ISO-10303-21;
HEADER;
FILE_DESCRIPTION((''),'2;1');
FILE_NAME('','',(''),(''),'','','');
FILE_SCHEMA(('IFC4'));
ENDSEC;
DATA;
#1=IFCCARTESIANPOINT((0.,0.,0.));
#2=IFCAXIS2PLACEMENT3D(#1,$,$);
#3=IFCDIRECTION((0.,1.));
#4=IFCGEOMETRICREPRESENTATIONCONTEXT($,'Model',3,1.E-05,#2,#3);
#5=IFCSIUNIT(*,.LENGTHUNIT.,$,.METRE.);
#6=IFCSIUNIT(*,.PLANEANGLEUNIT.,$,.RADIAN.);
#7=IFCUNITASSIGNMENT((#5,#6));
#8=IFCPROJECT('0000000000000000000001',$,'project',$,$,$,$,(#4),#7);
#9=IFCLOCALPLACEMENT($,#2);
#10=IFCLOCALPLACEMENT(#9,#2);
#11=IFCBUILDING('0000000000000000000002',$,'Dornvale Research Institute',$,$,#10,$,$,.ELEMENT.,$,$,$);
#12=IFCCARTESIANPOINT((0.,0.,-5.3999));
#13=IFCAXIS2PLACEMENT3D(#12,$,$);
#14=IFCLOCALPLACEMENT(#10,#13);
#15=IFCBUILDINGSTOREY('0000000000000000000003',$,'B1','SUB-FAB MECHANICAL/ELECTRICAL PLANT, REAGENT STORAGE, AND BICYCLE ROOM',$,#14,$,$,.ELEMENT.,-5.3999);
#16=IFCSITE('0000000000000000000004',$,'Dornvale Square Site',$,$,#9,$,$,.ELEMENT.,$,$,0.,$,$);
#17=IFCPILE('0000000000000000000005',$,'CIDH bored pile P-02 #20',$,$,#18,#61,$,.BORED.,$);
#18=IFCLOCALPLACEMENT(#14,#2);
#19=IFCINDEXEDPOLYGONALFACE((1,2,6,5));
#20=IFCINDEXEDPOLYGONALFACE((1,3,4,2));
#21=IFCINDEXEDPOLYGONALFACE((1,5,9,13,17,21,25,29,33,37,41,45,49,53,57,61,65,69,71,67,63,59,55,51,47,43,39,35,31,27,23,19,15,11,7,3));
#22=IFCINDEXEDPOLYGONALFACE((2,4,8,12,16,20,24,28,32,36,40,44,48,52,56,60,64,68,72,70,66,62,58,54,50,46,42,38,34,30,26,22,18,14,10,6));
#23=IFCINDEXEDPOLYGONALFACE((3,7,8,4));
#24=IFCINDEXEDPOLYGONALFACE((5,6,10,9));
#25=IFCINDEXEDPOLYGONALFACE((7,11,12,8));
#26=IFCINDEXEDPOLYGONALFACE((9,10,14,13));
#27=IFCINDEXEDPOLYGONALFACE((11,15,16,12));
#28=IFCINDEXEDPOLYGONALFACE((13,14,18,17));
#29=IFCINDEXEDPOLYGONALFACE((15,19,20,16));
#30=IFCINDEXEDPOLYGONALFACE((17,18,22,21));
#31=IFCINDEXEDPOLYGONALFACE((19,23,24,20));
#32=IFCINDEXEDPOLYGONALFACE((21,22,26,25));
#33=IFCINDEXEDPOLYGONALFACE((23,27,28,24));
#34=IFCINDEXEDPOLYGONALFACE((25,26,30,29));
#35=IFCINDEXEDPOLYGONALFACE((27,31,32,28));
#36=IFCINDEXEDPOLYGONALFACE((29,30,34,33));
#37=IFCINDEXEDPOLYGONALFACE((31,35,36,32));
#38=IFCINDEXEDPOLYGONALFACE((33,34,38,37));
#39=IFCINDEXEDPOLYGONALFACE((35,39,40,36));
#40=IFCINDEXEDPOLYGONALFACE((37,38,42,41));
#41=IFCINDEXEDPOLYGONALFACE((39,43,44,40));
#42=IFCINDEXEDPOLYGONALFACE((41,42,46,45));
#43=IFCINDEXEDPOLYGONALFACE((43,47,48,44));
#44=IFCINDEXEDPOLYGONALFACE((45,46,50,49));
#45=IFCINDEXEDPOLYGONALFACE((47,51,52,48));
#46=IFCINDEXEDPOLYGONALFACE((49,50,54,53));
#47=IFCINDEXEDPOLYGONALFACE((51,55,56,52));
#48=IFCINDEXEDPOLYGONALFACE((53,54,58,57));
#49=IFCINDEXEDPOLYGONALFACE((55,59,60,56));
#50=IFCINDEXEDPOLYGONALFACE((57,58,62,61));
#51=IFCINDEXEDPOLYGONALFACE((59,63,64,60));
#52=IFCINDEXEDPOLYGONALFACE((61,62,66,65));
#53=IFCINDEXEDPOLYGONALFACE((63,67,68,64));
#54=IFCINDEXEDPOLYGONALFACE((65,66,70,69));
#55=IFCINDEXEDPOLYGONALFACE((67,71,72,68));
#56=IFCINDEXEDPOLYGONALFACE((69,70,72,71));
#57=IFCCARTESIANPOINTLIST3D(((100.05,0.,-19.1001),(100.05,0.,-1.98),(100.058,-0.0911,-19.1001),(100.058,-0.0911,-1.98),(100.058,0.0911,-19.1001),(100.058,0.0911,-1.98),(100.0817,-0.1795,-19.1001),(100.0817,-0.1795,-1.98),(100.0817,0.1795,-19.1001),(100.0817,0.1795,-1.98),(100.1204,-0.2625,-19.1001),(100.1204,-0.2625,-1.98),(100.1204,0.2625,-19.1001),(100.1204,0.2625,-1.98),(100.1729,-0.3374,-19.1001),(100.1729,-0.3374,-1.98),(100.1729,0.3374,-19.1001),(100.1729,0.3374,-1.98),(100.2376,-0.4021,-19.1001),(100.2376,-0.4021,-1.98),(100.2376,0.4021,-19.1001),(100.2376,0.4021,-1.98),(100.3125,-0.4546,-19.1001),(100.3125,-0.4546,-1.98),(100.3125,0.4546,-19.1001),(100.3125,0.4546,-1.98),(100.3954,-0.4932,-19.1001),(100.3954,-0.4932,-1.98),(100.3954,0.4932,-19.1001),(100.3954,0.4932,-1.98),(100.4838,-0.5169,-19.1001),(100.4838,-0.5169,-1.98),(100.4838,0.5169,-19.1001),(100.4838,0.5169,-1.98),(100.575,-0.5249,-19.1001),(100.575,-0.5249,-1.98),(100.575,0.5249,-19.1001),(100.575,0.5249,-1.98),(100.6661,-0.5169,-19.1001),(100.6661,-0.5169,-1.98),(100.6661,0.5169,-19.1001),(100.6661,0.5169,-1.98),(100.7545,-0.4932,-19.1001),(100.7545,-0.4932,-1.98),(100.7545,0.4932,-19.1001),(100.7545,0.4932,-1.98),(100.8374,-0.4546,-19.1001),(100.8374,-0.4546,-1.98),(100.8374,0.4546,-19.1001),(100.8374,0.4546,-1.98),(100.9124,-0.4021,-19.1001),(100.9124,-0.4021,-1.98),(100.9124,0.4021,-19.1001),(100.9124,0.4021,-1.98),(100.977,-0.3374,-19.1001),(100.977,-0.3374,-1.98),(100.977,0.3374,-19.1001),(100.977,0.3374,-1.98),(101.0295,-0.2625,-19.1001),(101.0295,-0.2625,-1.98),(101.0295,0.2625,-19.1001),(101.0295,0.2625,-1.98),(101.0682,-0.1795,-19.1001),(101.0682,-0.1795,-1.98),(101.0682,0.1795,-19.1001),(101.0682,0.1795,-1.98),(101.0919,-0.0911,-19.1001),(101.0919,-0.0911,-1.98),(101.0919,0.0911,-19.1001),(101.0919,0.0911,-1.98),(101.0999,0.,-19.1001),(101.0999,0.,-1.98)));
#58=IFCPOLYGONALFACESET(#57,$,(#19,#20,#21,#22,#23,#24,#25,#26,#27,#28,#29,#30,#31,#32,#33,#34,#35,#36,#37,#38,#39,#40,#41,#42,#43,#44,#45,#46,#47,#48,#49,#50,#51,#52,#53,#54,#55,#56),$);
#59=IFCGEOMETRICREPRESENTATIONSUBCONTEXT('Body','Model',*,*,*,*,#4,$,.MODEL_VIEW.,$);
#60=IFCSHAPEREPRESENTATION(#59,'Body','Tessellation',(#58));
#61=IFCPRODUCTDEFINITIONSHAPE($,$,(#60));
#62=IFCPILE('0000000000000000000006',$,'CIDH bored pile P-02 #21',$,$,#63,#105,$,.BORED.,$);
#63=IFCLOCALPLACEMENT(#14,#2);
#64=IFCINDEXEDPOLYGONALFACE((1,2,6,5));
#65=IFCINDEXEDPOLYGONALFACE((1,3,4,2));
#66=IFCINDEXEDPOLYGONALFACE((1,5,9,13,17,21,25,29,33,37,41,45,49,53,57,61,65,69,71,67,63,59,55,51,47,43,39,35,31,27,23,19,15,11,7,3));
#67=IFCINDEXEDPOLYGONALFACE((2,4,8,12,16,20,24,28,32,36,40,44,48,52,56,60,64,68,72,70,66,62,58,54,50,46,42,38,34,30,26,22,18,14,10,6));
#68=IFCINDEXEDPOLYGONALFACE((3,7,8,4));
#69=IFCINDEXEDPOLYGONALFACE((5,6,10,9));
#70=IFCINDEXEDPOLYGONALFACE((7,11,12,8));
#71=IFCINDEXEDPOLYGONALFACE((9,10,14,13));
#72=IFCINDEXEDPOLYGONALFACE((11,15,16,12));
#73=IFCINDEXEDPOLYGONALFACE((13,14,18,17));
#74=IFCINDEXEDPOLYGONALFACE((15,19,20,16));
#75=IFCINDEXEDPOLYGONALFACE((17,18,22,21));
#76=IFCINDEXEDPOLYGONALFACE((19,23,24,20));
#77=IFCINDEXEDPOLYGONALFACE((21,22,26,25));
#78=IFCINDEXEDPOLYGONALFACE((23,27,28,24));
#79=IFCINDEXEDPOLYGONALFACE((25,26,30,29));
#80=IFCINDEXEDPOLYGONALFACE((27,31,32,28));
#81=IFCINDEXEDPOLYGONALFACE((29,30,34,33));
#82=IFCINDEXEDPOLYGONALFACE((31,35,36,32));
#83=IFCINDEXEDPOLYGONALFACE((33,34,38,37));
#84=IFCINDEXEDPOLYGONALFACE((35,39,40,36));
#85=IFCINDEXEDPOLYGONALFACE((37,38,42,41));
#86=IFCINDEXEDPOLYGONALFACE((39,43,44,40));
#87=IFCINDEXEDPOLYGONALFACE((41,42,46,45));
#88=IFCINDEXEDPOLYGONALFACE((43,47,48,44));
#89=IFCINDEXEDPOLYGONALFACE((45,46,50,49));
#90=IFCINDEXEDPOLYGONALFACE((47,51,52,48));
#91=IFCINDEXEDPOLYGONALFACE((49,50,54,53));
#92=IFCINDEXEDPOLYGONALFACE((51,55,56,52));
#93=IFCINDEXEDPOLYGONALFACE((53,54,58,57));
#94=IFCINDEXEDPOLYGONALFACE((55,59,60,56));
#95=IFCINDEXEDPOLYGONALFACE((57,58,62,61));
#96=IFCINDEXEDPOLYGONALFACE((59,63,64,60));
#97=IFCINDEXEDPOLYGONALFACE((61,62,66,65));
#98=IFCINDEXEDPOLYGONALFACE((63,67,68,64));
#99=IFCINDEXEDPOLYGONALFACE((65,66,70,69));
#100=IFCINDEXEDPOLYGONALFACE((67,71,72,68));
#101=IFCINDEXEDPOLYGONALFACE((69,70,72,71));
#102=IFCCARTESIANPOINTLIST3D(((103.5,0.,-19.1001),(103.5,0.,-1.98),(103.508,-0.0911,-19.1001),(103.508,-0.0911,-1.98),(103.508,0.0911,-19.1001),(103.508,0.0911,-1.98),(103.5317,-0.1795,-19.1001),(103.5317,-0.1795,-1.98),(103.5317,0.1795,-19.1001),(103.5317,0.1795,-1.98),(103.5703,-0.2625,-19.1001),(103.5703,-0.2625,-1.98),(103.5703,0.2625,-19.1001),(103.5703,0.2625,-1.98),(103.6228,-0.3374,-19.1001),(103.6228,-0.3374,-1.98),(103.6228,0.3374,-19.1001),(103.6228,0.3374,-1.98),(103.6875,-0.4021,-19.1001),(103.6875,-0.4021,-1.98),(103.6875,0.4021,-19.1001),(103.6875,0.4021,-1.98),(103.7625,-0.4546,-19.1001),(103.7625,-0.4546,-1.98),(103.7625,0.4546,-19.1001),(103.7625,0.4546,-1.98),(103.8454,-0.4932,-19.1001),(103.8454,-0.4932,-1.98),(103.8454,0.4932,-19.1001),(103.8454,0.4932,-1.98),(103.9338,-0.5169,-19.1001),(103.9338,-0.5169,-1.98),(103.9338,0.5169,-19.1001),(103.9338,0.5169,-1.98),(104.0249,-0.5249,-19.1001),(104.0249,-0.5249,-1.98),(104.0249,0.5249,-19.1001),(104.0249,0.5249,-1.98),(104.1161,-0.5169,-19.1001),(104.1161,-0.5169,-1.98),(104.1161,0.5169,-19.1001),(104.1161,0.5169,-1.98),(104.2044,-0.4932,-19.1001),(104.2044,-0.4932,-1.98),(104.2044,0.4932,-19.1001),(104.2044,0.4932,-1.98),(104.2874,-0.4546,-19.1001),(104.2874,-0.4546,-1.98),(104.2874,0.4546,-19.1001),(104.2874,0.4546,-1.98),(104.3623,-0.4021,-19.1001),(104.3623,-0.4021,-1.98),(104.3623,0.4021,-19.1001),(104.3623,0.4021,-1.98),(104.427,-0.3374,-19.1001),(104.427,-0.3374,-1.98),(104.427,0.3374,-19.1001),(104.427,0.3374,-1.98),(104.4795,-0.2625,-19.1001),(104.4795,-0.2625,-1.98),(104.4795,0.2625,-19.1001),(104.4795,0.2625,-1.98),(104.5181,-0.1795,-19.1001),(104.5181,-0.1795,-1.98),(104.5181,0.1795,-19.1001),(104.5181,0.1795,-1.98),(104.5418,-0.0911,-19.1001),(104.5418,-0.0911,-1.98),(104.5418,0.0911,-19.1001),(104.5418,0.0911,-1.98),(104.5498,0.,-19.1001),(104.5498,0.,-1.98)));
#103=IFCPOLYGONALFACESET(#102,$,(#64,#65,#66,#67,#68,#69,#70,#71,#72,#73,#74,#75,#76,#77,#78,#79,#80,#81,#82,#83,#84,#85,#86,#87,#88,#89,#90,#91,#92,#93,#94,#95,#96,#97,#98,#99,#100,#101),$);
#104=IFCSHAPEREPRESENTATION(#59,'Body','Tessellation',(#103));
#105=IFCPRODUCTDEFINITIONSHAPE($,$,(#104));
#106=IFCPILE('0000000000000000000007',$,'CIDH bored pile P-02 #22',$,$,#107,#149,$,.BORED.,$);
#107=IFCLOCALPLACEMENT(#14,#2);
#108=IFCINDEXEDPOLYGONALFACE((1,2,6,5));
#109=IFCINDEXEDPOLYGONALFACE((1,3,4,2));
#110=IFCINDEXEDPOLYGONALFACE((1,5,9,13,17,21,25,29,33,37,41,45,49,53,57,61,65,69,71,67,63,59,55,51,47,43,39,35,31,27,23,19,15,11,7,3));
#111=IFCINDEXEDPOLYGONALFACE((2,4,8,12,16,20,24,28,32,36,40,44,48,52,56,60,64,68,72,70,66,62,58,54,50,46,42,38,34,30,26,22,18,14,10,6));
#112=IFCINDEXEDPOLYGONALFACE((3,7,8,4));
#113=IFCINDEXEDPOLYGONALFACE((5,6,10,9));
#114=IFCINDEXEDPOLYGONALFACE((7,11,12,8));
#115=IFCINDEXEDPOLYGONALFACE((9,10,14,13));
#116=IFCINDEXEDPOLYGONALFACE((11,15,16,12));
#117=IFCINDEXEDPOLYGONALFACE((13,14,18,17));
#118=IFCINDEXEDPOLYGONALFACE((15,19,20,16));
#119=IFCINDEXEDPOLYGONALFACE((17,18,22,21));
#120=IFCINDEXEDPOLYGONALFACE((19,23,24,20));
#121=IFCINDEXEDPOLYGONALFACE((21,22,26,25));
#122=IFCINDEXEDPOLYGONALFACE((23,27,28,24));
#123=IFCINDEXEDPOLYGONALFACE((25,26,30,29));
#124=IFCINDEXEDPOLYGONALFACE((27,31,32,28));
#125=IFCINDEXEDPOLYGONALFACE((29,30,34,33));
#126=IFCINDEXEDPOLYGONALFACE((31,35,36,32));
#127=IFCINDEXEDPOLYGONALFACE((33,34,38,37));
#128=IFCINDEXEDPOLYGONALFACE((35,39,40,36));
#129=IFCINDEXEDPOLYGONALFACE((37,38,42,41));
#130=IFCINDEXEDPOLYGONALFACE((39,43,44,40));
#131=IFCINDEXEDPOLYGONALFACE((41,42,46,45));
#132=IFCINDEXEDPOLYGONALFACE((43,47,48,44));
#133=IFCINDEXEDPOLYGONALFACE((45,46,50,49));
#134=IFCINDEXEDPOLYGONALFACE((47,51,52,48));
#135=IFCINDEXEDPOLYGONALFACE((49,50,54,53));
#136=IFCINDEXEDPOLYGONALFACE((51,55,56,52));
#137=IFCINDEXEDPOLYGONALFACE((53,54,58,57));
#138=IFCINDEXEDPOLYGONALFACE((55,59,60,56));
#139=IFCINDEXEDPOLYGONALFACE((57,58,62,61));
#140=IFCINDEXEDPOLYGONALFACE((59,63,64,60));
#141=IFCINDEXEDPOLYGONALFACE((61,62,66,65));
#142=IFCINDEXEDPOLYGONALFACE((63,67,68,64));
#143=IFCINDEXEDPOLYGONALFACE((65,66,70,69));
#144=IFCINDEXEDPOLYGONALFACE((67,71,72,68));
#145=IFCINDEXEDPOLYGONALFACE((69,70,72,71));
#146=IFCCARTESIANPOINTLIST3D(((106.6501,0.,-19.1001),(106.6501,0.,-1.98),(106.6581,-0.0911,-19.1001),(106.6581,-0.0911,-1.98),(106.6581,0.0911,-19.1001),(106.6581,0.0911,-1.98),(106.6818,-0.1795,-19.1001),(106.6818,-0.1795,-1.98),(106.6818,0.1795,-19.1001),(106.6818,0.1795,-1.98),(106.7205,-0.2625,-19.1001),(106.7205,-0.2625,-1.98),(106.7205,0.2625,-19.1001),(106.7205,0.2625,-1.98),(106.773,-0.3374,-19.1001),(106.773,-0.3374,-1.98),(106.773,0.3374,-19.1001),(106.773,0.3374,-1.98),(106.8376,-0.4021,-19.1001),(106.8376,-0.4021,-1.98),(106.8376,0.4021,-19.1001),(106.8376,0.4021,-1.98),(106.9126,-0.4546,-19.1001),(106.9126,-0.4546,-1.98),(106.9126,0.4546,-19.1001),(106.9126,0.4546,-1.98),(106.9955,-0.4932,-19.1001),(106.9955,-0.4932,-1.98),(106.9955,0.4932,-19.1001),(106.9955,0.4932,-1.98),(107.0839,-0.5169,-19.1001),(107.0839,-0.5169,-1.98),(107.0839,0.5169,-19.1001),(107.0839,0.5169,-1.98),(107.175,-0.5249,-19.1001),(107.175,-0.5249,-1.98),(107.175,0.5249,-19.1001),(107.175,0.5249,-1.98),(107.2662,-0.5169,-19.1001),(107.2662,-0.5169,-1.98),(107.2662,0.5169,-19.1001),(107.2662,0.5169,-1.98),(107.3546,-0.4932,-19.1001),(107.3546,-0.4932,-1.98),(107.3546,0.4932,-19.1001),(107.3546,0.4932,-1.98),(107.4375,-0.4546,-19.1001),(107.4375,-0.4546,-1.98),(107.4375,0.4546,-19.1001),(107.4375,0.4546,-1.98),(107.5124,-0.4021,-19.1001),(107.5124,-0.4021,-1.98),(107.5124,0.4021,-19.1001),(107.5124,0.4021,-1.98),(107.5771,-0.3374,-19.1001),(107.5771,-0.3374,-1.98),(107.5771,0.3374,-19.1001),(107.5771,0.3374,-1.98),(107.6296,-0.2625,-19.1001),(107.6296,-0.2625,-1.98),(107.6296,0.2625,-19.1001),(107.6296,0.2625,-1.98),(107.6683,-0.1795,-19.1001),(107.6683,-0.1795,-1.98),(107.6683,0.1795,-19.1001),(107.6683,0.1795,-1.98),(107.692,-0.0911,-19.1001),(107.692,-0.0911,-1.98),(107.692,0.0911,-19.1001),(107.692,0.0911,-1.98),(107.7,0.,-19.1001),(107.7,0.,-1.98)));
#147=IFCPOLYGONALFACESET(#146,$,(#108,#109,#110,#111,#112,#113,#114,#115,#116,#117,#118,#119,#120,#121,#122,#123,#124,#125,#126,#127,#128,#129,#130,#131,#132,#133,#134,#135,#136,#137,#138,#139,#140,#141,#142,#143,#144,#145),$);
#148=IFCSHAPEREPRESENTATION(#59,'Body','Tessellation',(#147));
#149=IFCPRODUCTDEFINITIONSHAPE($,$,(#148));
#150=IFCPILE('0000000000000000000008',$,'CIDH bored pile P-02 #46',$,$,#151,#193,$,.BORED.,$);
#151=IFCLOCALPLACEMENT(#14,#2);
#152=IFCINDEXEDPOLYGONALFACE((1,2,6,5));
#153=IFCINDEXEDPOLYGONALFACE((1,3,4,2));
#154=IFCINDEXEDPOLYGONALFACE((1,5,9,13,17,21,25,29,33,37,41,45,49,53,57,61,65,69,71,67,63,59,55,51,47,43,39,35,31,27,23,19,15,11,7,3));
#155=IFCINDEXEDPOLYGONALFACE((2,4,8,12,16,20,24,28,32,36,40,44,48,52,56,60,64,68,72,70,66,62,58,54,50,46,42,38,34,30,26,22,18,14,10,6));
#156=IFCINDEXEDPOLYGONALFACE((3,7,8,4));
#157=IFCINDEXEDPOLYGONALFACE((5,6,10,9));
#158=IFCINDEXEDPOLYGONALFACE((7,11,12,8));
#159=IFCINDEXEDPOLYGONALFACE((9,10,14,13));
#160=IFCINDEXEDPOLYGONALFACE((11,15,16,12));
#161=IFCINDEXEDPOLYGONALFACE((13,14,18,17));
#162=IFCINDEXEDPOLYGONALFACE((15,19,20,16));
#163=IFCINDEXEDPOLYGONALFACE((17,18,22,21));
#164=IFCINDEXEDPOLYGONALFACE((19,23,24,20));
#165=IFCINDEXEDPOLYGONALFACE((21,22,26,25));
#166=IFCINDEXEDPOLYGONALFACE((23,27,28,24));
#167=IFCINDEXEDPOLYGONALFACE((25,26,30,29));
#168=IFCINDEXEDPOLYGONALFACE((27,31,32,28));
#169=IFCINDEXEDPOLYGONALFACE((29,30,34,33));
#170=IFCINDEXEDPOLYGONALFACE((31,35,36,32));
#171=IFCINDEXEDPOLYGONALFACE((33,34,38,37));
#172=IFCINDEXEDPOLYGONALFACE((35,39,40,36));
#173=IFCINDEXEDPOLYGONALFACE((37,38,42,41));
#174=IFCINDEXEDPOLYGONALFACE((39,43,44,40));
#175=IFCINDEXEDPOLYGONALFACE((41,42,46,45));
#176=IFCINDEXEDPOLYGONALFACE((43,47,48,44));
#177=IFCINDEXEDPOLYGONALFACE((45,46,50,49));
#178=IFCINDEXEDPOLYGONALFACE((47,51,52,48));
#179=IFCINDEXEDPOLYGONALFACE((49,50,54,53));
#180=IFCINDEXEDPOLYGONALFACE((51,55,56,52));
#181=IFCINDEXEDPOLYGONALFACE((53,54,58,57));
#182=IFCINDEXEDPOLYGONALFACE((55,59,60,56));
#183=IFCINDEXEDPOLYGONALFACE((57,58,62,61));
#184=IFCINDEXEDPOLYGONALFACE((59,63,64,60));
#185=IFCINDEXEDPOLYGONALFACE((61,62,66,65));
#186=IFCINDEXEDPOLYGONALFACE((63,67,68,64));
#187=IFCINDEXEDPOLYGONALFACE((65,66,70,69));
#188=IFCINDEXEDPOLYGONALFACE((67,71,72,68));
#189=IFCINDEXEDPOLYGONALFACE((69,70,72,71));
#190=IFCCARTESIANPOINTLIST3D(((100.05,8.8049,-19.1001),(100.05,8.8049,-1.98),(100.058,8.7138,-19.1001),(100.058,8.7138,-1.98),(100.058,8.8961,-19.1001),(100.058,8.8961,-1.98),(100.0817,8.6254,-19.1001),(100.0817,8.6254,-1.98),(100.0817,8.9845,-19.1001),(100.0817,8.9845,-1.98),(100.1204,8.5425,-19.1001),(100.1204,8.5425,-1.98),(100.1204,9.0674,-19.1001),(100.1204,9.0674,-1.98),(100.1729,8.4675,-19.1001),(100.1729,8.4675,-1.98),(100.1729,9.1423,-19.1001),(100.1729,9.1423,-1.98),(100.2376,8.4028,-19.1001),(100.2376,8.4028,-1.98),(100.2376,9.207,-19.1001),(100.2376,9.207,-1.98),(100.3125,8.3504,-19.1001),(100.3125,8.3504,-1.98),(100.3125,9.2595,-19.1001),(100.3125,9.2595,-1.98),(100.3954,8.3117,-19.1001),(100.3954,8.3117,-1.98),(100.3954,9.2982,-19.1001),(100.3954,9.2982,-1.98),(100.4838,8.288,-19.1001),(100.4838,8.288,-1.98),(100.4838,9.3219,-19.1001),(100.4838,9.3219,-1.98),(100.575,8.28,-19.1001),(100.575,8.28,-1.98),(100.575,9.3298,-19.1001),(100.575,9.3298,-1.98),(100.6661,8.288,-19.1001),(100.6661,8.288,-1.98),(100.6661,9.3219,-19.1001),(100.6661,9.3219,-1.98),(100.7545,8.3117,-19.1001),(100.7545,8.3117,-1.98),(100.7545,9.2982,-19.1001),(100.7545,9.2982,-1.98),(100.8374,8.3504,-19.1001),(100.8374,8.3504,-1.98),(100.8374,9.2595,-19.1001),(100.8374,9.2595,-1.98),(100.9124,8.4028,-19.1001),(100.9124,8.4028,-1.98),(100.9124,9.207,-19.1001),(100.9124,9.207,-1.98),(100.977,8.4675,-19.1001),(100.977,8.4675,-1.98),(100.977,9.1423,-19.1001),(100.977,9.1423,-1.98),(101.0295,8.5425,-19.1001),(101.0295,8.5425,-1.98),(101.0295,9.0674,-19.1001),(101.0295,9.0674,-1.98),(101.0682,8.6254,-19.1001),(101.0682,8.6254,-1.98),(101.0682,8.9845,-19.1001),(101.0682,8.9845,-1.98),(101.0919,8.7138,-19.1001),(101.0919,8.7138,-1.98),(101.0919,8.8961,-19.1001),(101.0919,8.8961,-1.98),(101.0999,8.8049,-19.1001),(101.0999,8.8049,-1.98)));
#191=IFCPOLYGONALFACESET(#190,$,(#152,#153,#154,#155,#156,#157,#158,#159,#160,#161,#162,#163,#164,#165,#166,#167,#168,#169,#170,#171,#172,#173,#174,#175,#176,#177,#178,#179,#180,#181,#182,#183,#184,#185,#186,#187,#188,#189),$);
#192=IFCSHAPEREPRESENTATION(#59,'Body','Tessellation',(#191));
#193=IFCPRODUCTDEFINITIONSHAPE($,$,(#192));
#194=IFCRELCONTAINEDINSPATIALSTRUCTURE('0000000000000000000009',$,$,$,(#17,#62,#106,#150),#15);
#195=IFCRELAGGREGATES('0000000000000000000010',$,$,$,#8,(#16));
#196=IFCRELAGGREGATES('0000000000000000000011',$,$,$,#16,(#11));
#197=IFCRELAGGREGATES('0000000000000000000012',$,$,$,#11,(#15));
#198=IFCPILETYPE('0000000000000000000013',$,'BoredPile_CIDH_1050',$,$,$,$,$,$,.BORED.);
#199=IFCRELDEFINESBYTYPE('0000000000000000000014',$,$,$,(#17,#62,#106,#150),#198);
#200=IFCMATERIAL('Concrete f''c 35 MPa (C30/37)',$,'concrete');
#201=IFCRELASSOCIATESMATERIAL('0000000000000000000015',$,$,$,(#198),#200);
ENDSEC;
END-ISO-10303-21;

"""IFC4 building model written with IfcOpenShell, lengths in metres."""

from ifc_helpers import new_model, si_unit, direction, frame, origin, origin_2d, place, context, subcontext, project, spatial, circle, extrude, material, material_profile, profile_set, type_object, element, save


model = new_model("IFC4")

# Units and contexts
model_context = context("Model", 3, precision=1e-05, world=origin(), true_north=direction((0.0, 1.0)))
body_context = subcontext(model_context, "Body", "Model", "MODEL_VIEW")
ifc_project = project(units=[si_unit("LENGTHUNIT", "METRE"), si_unit("PLANEANGLEUNIT", "RADIAN")], contexts=[model_context])

# Site, building, storey
site_placement = place(None, origin())
site = spatial("IfcSite", under=ifc_project, at=site_placement, Name="Dornvale Square Site", CompositionType="ELEMENT", RefElevation=0.0)
building_placement = place(site_placement, origin())
building = spatial("IfcBuilding", under=site, at=building_placement, Name="Dornvale Research Institute", CompositionType="ELEMENT")
storey_placement = place(building_placement, frame((0.0, 0.0, -5.3999)))
storey = spatial("IfcBuildingStorey", under=building, at=storey_placement, Name="B1", Description="SUB-FAB MECHANICAL/ELECTRICAL PLANT, REAGENT STORAGE, AND BICYCLE ROOM", CompositionType="ELEMENT", Elevation=-5.3999)

# Piles
ifc_material_1 = material(Name="Concrete f'c 35 MPa (C30/37)", Category="concrete")
ifc_material_profile_1 = material_profile(ifc_material_1, circle(Radius=0.5249, at=origin_2d()), Name="CIDH PILE D1050")
ifc_profile_set_1 = profile_set([ifc_material_profile_1], Name="Concrete f'c 35 MPa (C30/37)")
pile_type = type_object("IfcPileType", Name="BoredPile_CIDH_1050", PredefinedType="BORED", material=ifc_profile_set_1)
for number, where, z_axis, x_axis, name in (
    (1, (100.575, 0.0, -1.98), (0.0, 0.0, -1.0), (1.0, 0.0, 0.0), "CIDH bored pile P-02 #20"),
    (2, (104.0249, 0.0, -1.98), (0.0, 0.0, -1.0), (1.0, 0.0, 0.0), "CIDH bored pile P-02 #21"),
    (3, (107.175, 0.0, -1.98), (0.0, 0.0, -1.0), (1.0, 0.0, 0.0), "CIDH bored pile P-02 #22"),
    (4, (100.575, 8.8049, -1.98), (0.0, 0.0, -1.0), (1.0, 0.0, 0.0), "CIDH bored pile P-02 #46"),
):
    element("IfcPile", number, at=place(storey_placement, frame(where, z_axis=z_axis, x_axis=x_axis)), inside=storey, type_object=pile_type, Name=name, PredefinedType="BORED", context=body_context, shape_type="SweptSolid", body=[
        extrude(circle(Radius=0.5249, at=origin_2d()), origin(), (0.0, 0.0, 1.0), 17.1201),
    ])

save(model, "model.ifc")
